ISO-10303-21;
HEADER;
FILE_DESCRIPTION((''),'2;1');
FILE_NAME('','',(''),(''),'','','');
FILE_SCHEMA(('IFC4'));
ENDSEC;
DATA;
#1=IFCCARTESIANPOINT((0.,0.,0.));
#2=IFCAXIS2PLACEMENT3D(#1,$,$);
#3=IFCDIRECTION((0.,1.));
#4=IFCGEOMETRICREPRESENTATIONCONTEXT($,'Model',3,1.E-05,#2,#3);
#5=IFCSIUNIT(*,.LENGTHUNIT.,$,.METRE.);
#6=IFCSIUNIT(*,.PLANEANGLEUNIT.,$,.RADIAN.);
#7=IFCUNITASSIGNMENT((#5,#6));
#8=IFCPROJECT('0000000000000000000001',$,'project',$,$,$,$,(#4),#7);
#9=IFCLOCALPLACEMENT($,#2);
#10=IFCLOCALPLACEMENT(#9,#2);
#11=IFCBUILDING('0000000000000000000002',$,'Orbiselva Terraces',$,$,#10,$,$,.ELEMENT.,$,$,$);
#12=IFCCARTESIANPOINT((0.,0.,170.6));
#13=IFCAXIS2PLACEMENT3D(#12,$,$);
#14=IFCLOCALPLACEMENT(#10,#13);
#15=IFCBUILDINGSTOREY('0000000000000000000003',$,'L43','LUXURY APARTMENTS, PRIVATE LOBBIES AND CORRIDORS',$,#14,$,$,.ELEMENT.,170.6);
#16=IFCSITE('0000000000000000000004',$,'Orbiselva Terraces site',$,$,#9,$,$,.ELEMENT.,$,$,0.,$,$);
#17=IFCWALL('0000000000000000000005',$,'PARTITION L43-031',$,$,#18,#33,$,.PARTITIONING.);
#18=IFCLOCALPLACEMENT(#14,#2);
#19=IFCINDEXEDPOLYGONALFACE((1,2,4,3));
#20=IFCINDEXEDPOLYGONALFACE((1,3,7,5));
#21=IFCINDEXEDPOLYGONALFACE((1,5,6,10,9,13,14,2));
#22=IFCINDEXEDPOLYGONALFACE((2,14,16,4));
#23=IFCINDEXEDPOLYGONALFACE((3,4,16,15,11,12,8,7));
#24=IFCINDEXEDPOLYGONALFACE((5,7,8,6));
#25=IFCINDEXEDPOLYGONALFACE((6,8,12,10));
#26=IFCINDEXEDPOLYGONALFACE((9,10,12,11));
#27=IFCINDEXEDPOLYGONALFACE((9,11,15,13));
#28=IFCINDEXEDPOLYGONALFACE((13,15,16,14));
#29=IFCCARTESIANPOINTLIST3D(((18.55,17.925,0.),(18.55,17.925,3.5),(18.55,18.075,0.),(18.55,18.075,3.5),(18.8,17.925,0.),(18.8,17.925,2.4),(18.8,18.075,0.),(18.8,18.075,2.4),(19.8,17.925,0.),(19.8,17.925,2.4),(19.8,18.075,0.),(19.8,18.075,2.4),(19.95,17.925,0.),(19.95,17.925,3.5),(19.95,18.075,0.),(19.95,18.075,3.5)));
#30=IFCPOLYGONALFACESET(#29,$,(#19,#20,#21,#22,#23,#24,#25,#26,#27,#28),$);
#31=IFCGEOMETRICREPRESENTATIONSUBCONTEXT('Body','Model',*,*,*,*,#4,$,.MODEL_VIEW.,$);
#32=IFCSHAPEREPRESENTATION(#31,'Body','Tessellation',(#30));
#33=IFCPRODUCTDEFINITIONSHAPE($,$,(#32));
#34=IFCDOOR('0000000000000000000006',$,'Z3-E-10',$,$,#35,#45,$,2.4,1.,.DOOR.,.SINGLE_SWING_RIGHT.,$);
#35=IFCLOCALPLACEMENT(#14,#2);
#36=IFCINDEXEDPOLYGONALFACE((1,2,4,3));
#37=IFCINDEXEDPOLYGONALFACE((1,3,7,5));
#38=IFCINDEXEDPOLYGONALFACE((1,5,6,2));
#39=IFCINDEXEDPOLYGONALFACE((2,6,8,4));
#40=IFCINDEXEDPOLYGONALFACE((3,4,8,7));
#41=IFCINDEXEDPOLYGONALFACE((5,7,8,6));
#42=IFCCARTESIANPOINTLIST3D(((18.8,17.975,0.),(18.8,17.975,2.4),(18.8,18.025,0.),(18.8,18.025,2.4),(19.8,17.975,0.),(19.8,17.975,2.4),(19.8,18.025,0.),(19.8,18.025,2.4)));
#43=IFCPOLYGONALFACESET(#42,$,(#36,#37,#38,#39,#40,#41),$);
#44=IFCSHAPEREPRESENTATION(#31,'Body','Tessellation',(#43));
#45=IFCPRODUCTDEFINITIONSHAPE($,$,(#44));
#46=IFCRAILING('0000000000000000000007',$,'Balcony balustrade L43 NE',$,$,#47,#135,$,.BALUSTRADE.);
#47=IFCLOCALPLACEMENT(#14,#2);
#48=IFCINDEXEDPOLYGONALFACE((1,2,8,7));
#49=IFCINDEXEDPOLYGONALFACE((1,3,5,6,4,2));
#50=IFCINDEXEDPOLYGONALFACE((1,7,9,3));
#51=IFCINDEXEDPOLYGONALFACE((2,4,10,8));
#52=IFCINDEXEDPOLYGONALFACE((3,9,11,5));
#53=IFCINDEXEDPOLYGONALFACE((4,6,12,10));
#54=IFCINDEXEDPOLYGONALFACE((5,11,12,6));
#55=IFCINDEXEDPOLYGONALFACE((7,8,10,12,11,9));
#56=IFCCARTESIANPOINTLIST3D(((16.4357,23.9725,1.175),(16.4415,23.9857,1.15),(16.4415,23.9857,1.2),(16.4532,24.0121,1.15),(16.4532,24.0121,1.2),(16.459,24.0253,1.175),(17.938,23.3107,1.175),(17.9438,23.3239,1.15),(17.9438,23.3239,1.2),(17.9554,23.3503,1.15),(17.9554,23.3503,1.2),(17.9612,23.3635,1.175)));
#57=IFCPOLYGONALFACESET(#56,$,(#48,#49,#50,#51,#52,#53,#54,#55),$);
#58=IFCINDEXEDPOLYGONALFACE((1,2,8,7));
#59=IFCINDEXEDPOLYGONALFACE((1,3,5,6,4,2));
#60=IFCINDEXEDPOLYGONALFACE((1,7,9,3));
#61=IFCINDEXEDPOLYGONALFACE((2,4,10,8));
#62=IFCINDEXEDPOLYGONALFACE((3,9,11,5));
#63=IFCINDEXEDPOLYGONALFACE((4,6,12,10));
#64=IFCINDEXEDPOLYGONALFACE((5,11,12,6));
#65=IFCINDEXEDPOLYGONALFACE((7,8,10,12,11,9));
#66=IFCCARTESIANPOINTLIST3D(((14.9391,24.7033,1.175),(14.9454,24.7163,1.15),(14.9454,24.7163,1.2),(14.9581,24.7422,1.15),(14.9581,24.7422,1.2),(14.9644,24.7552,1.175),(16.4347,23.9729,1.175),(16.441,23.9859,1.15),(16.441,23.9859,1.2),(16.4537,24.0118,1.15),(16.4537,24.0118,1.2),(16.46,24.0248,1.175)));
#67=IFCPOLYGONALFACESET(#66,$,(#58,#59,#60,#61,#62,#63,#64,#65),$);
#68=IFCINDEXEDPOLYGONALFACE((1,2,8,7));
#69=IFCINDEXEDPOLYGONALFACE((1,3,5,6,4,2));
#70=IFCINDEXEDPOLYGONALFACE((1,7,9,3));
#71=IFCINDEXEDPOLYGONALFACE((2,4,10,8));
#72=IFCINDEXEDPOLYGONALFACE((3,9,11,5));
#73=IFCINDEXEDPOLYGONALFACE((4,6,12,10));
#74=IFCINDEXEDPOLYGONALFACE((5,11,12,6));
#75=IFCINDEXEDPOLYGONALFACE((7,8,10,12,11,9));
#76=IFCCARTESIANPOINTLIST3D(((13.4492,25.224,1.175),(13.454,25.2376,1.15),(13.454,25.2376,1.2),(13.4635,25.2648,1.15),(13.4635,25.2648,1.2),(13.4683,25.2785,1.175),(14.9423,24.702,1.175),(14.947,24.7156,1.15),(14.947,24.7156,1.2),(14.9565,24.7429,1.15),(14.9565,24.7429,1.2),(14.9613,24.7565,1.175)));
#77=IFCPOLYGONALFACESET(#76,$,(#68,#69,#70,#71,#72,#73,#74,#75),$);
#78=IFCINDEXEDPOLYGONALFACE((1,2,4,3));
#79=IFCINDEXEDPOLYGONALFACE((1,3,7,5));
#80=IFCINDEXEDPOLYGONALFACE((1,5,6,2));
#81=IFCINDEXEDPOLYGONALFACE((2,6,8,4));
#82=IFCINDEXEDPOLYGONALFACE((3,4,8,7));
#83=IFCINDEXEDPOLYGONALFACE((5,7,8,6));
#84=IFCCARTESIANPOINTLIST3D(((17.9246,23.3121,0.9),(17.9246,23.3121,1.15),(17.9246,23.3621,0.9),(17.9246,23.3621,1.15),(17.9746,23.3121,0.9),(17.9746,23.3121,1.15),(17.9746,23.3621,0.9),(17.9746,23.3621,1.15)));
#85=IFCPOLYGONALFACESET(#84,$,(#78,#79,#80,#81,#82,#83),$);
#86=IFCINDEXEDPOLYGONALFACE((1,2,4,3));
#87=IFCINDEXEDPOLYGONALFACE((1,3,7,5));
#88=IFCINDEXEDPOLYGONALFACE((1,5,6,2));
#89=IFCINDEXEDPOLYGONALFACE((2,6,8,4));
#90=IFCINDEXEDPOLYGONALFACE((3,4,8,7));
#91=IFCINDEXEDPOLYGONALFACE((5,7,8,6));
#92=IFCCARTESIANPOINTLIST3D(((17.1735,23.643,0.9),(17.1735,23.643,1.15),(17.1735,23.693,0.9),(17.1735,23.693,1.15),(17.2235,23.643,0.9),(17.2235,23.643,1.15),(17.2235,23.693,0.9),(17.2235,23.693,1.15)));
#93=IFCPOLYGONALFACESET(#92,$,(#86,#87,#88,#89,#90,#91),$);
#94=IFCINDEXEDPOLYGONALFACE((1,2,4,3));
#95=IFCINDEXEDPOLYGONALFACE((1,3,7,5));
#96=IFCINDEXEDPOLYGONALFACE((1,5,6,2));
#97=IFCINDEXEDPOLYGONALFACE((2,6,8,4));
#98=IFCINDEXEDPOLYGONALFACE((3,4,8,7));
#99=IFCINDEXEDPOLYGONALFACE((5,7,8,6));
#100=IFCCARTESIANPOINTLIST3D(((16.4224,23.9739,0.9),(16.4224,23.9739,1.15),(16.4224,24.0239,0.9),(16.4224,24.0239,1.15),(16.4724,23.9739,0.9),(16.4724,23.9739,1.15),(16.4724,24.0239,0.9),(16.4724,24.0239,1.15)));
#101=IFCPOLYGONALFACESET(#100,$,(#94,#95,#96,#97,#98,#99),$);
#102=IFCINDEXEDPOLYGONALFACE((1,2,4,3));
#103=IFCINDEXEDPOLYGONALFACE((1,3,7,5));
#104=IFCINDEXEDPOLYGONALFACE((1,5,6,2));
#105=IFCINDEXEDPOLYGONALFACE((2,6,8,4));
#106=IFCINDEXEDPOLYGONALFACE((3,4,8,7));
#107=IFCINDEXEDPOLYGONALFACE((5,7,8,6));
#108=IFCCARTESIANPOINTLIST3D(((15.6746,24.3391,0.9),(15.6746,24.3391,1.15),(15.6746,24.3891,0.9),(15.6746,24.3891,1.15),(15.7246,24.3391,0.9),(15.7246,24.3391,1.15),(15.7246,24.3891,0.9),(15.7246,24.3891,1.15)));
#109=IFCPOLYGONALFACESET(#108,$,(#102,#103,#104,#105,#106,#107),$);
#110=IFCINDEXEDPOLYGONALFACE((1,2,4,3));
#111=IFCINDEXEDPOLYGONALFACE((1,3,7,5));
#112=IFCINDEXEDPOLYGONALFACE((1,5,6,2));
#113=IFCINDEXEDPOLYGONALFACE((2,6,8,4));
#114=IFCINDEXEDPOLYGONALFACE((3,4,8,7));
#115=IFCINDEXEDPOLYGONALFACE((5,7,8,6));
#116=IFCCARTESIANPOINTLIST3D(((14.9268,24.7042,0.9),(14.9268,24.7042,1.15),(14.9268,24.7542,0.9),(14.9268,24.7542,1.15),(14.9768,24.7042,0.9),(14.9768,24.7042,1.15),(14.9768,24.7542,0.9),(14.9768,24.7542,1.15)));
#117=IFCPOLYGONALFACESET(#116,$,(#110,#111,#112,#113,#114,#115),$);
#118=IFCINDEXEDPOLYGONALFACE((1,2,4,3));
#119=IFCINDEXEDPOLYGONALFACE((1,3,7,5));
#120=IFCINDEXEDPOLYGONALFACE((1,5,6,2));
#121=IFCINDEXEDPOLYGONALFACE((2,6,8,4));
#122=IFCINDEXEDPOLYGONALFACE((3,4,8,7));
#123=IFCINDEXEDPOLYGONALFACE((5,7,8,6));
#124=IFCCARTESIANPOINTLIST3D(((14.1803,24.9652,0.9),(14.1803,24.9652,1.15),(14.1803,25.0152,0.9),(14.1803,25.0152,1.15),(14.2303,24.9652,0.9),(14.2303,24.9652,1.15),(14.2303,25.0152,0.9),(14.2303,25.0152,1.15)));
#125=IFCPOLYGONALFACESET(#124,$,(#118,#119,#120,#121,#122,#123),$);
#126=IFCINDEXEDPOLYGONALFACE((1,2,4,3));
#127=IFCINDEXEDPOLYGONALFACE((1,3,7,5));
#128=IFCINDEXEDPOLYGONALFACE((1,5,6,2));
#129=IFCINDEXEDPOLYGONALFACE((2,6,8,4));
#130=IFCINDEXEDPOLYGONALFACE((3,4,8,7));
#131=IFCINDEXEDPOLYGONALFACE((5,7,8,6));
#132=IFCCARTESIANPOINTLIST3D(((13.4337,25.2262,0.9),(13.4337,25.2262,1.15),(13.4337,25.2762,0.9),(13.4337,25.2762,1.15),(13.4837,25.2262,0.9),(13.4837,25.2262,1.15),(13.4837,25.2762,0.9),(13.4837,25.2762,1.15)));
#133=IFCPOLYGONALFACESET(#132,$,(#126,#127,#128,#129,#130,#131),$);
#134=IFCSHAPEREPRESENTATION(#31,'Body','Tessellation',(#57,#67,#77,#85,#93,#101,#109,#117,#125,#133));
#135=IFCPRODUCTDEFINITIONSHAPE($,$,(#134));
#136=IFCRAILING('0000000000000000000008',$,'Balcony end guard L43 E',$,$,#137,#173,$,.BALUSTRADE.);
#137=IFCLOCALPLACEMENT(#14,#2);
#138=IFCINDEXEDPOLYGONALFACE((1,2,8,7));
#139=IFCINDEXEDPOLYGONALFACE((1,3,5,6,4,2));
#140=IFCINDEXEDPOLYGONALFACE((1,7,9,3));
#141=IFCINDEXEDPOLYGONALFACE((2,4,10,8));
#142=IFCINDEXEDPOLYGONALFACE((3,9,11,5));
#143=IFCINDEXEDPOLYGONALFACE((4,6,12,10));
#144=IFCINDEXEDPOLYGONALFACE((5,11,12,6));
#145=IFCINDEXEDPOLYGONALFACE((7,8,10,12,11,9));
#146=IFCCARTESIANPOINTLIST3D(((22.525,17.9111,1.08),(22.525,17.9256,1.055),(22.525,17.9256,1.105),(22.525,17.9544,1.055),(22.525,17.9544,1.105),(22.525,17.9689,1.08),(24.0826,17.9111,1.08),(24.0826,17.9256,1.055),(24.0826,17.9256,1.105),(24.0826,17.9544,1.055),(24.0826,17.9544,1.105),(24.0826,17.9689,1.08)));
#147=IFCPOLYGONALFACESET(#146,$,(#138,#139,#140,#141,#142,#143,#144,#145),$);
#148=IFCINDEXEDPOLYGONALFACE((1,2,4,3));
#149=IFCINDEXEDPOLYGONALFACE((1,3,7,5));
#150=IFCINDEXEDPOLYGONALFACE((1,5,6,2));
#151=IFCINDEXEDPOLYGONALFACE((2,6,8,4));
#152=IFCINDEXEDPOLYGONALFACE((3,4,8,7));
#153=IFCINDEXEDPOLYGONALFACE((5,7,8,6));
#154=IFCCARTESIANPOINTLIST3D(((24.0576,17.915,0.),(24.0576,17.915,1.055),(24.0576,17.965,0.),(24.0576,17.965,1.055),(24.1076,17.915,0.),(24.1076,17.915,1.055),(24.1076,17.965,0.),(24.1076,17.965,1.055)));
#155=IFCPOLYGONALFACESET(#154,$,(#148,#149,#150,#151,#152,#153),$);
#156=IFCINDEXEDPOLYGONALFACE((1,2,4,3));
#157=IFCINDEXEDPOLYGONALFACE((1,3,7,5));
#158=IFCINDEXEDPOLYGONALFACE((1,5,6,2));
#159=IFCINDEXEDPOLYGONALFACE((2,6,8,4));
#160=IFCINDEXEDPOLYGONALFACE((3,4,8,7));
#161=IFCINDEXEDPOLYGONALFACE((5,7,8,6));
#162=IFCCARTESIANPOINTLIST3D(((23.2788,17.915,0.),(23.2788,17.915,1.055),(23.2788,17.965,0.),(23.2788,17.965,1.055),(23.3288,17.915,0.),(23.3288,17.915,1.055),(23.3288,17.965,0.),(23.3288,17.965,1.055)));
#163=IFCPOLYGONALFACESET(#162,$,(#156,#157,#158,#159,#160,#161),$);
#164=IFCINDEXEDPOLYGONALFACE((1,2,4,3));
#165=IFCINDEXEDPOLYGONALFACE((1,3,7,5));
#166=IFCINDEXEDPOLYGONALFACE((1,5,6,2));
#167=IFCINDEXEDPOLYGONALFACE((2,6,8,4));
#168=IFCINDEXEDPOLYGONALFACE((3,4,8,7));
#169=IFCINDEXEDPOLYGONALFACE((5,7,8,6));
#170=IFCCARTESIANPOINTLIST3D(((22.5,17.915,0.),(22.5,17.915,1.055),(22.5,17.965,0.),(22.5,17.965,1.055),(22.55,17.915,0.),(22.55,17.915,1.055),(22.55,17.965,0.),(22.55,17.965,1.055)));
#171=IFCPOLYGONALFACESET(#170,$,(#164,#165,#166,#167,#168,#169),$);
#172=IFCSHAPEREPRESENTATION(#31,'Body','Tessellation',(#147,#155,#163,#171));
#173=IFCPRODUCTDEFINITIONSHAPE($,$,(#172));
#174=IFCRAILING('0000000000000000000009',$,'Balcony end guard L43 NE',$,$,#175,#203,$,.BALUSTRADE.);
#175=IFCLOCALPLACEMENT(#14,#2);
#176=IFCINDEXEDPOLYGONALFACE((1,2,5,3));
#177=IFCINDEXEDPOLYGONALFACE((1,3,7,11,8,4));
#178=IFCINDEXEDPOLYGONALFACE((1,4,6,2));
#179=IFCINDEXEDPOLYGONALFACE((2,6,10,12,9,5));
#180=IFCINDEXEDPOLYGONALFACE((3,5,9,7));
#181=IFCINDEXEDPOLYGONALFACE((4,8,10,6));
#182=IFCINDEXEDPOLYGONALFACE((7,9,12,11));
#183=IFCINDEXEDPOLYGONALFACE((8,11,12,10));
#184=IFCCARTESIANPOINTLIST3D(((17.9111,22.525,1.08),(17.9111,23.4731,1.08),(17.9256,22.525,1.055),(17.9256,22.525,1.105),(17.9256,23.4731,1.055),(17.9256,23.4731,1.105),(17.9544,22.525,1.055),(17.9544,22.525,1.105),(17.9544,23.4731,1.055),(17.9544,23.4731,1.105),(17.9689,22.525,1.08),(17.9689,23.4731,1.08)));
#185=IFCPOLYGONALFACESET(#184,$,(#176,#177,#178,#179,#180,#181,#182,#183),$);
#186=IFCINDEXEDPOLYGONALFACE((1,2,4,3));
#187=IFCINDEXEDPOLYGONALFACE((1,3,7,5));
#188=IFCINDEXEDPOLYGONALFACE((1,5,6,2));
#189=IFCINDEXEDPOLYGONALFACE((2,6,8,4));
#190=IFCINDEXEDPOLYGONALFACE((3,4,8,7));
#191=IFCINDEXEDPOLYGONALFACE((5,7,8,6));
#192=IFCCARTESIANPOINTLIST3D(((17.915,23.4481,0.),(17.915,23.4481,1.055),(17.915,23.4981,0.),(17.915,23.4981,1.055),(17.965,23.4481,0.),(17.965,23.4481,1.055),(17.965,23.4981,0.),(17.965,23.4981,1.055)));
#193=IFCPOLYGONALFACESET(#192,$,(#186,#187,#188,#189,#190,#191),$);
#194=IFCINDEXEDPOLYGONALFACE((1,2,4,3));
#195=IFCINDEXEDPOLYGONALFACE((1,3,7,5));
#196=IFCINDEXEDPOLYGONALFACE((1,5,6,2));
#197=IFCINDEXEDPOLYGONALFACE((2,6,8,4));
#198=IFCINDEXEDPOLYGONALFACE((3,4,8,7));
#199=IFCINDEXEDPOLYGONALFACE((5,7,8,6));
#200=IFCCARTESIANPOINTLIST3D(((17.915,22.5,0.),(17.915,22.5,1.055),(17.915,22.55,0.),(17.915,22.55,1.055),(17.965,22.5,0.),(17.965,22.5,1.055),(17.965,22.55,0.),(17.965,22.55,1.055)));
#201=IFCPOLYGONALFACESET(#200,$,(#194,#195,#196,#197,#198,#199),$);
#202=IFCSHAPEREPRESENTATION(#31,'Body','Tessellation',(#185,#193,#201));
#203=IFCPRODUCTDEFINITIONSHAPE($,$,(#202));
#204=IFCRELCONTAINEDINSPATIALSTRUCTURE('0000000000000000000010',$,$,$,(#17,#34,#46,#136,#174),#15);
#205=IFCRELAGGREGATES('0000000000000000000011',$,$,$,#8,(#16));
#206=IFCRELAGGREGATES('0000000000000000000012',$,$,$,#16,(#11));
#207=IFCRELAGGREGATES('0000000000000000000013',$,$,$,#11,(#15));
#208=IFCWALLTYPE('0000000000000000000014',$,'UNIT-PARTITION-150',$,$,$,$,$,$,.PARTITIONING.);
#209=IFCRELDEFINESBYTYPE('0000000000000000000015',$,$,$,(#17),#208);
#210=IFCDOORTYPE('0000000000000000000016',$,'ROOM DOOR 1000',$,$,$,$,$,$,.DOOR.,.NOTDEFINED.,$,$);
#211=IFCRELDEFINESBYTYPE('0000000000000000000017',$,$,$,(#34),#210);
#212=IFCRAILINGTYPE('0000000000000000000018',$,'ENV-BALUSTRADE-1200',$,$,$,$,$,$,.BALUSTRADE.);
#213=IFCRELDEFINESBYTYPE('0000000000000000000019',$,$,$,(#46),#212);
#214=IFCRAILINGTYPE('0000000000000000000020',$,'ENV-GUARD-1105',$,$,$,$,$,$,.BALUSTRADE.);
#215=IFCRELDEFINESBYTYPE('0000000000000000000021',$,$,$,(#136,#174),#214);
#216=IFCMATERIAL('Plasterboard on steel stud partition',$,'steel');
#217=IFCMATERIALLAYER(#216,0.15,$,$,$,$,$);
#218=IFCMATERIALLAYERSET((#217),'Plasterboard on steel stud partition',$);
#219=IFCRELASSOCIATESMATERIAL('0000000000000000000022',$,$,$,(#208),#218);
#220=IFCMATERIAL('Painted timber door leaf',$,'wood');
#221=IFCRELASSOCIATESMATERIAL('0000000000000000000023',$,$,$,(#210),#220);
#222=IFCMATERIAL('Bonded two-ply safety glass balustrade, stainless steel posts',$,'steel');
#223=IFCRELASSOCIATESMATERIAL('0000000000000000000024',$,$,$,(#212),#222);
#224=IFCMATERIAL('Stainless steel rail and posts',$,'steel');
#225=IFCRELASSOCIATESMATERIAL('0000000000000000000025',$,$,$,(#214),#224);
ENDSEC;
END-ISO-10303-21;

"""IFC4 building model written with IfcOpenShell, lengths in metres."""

from ifc_helpers import new_model, si_unit, direction, frame, frame_2d, origin, origin_2d, place, context, subcontext, project, spatial, polyline, rectangle, outline, extrude, material, layer, layer_set, type_object, element, fill, save


model = new_model("IFC4")

# Units and contexts
model_context = context("Model", 3, precision=1e-05, world=origin(), true_north=direction((0.0, 1.0)))
body_context = subcontext(model_context, "Body", "Model", "MODEL_VIEW")
ifc_project = project(units=[si_unit("LENGTHUNIT", "METRE"), si_unit("PLANEANGLEUNIT", "RADIAN")], contexts=[model_context])

# Site, building, storey
site_placement = place(None, origin())
site = spatial("IfcSite", under=ifc_project, at=site_placement, Name="Orbiselva Terraces site", CompositionType="ELEMENT", RefElevation=0.0)
building_placement = place(site_placement, origin())
building = spatial("IfcBuilding", under=site, at=building_placement, Name="Orbiselva Terraces", CompositionType="ELEMENT")
storey_placement = place(building_placement, frame((0.0, 0.0, 170.6)))
storey = spatial("IfcBuildingStorey", under=building, at=storey_placement, Name="L43", Description="LUXURY APARTMENTS, PRIVATE LOBBIES AND CORRIDORS", CompositionType="ELEMENT", Elevation=170.6)

# Shared definitions
ifc_material_1 = material(Name="Plasterboard on steel stud partition", Category="steel")

# Wall, opening, door
ifc_layer_1 = layer(ifc_material_1, 0.15)
ifc_layer_set_1 = layer_set([ifc_layer_1], Name="Plasterboard on steel stud partition")
wall_type_1 = type_object("IfcWallType", Name="UNIT-PARTITION-150", PredefinedType="PARTITIONING", material=ifc_layer_set_1)
wall_1_placement = place(storey_placement, frame((18.55, 18.0, 0.0), z_axis=(0.0, 0.0, 1.0), x_axis=(1.0, 0.0, 0.0)))
wall_1 = element("IfcWall", 1, at=wall_1_placement, inside=storey, type_object=wall_type_1, Name="PARTITION L43-031", PredefinedType="PARTITIONING", context=body_context, shape_type="SweptSolid", body=[
    extrude(rectangle(XDim=1.4, YDim=0.15, at=frame_2d((0.7, 0.0))), origin(), (0.0, 0.0, 1.0), 3.5),
])
opening_1_placement = place(wall_1_placement, frame((0.25, 0.0, 0.0)))
opening_1 = element("IfcOpeningElement", 2, at=opening_1_placement, cuts=wall_1, PredefinedType="OPENING", context=body_context, shape_type="SweptSolid", body=[
    extrude(rectangle(XDim=1.0, YDim=2.4, at=frame_2d((0.5, 1.2))), frame((0.0, 0.085, 0.0), z_axis=(0.0, -1.0, 0.0), x_axis=(1.0, 0.0, 0.0)), (0.0, 0.0, 1.0), 0.17),
])
ifc_material_2 = material(Name="Painted timber door leaf", Category="wood")
door_type_1 = type_object("IfcDoorType", Name="ROOM DOOR 1000", OperationType="NOTDEFINED", PredefinedType="DOOR", material=ifc_material_2)
door_1_placement = place(opening_1_placement, origin())
door_1 = element("IfcDoor", 3, at=door_1_placement, inside=storey, type_object=door_type_1, Name="Z3-E-10", OperationType="SINGLE_SWING_RIGHT", OverallHeight=2.4, OverallWidth=1.0, PredefinedType="DOOR", context=body_context, shape_type="SweptSolid", body=[
    extrude(rectangle(XDim=1.0, YDim=2.4, at=frame_2d((0.5, 1.2))), frame((0.0, 0.025, 0.0), z_axis=(0.0, -1.0, 0.0), x_axis=(1.0, 0.0, 0.0)), (0.0, 0.0, 1.0), 0.05),
])
fill(opening_1, door_1)

# Railings
ifc_material_3 = material(Name="Bonded two-ply safety glass balustrade, stainless steel posts", Category="steel")
railing_type_1 = type_object("IfcRailingType", Name="ENV-BALUSTRADE-1200", PredefinedType="BALUSTRADE", material=ifc_material_3)
railing_1_placement = place(storey_placement, frame((17.9496, 23.3371, 0.9)))
element("IfcRailing", 4, at=railing_1_placement, inside=storey, type_object=railing_type_1, Name="Balcony balustrade L43 NE", PredefinedType="BALUSTRADE", context=body_context, shape_type="SweptSolid", body=[
    extrude(outline(polyline([(0.0289, 0.0), (0.0144, 0.025), (-0.0144, 0.025), (-0.0289, 0.0), (-0.0144, -0.025), (0.0144, -0.025), (0.0289, 0.0)])), frame((0.0, 0.0, 0.275), z_axis=(-0.915133, 0.403151, 0.0), x_axis=(-0.403151, -0.915133, 0.0)), (0.0, 0.0, 1.0), 1.6416),
    extrude(outline(polyline([(0.0289, 0.0), (0.0144, 0.025), (-0.0144, 0.025), (-0.0289, 0.0), (-0.0144, -0.025), (0.0144, -0.025), (0.0289, 0.0)])), frame((-1.5022, 0.6618, 0.275), z_axis=(-0.898579, 0.438812, 0.0), x_axis=(-0.438812, -0.898579, 0.0)), (0.0, 0.0, 1.0), 1.6644),
    extrude(outline(polyline([(0.0289, 0.0), (0.0144, 0.025), (-0.0144, 0.025), (-0.0289, 0.0), (-0.0144, -0.025), (0.0144, -0.025), (0.0289, 0.0)])), frame((-2.9978, 1.3921, 0.275), z_axis=(-0.943972, 0.330025, 0.0), x_axis=(-0.330025, -0.943972, 0.0)), (0.0, 0.0, 1.0), 1.5816),
    extrude(rectangle(XDim=0.05, YDim=0.05, at=origin_2d()), origin(), (0.0, 0.0, 1.0), 0.25),
    extrude(rectangle(XDim=0.05, YDim=0.05, at=origin_2d()), frame((-0.7511, 0.3309, 0.0)), (0.0, 0.0, 1.0), 0.25),
    extrude(rectangle(XDim=0.05, YDim=0.05, at=origin_2d()), frame((-1.5022, 0.6618, 0.0)), (0.0, 0.0, 1.0), 0.25),
    extrude(rectangle(XDim=0.05, YDim=0.05, at=origin_2d()), frame((-2.25, 1.027, 0.0)), (0.0, 0.0, 1.0), 0.25),
    extrude(rectangle(XDim=0.05, YDim=0.05, at=origin_2d()), frame((-2.9978, 1.3921, 0.0)), (0.0, 0.0, 1.0), 0.25),
    extrude(rectangle(XDim=0.05, YDim=0.05, at=origin_2d()), frame((-3.7443, 1.6531, 0.0)), (0.0, 0.0, 1.0), 0.25),
    extrude(rectangle(XDim=0.05, YDim=0.05, at=origin_2d()), frame((-4.4909, 1.9141, 0.0)), (0.0, 0.0, 1.0), 0.25),
])
ifc_material_4 = material(Name="Stainless steel rail and posts", Category="steel")
railing_type_2 = type_object("IfcRailingType", Name="ENV-GUARD-1105", PredefinedType="BALUSTRADE", material=ifc_material_4)
railing_2_placement = place(storey_placement, frame((24.0826, 17.94, 0.0)))
element("IfcRailing", 5, at=railing_2_placement, inside=storey, type_object=railing_type_2, Name="Balcony end guard L43 E", PredefinedType="BALUSTRADE", context=body_context, shape_type="SweptSolid", body=[
    extrude(outline(polyline([(0.0289, 0.0), (0.0144, 0.025), (-0.0144, 0.025), (-0.0289, 0.0), (-0.0144, -0.025), (0.0144, -0.025), (0.0289, 0.0)])), frame((0.0, 0.0, 1.08), z_axis=(-1.0, 0.0, 0.0), x_axis=(0.0, -1.0, 0.0)), (0.0, 0.0, 1.0), 1.5576),
    extrude(rectangle(XDim=0.05, YDim=0.05, at=origin_2d()), origin(), (0.0, 0.0, 1.0), 1.055),
    extrude(rectangle(XDim=0.05, YDim=0.05, at=origin_2d()), frame((-0.7788, 0.0, 0.0)), (0.0, 0.0, 1.0), 1.055),
    extrude(rectangle(XDim=0.05, YDim=0.05, at=origin_2d()), frame((-1.5576, 0.0, 0.0)), (0.0, 0.0, 1.0), 1.055),
])
railing_3_placement = place(storey_placement, frame((17.94, 23.4731, 0.0)))
element("IfcRailing", 6, at=railing_3_placement, inside=storey, type_object=railing_type_2, Name="Balcony end guard L43 NE", PredefinedType="BALUSTRADE", context=body_context, shape_type="SweptSolid", body=[
    extrude(outline(polyline([(0.0289, 0.0), (0.0144, 0.025), (-0.0144, 0.025), (-0.0289, 0.0), (-0.0144, -0.025), (0.0144, -0.025), (0.0289, 0.0)])), frame((0.0, 0.0, 1.08), z_axis=(0.0, -1.0, 0.0), x_axis=(1.0, 0.0, 0.0)), (0.0, 0.0, 1.0), 0.9481),
    extrude(rectangle(XDim=0.05, YDim=0.05, at=origin_2d()), origin(), (0.0, 0.0, 1.0), 1.055),
    extrude(rectangle(XDim=0.05, YDim=0.05, at=origin_2d()), frame((0.0, -0.9481, 0.0)), (0.0, 0.0, 1.0), 1.055),
])

save(model, "model.ifc")
